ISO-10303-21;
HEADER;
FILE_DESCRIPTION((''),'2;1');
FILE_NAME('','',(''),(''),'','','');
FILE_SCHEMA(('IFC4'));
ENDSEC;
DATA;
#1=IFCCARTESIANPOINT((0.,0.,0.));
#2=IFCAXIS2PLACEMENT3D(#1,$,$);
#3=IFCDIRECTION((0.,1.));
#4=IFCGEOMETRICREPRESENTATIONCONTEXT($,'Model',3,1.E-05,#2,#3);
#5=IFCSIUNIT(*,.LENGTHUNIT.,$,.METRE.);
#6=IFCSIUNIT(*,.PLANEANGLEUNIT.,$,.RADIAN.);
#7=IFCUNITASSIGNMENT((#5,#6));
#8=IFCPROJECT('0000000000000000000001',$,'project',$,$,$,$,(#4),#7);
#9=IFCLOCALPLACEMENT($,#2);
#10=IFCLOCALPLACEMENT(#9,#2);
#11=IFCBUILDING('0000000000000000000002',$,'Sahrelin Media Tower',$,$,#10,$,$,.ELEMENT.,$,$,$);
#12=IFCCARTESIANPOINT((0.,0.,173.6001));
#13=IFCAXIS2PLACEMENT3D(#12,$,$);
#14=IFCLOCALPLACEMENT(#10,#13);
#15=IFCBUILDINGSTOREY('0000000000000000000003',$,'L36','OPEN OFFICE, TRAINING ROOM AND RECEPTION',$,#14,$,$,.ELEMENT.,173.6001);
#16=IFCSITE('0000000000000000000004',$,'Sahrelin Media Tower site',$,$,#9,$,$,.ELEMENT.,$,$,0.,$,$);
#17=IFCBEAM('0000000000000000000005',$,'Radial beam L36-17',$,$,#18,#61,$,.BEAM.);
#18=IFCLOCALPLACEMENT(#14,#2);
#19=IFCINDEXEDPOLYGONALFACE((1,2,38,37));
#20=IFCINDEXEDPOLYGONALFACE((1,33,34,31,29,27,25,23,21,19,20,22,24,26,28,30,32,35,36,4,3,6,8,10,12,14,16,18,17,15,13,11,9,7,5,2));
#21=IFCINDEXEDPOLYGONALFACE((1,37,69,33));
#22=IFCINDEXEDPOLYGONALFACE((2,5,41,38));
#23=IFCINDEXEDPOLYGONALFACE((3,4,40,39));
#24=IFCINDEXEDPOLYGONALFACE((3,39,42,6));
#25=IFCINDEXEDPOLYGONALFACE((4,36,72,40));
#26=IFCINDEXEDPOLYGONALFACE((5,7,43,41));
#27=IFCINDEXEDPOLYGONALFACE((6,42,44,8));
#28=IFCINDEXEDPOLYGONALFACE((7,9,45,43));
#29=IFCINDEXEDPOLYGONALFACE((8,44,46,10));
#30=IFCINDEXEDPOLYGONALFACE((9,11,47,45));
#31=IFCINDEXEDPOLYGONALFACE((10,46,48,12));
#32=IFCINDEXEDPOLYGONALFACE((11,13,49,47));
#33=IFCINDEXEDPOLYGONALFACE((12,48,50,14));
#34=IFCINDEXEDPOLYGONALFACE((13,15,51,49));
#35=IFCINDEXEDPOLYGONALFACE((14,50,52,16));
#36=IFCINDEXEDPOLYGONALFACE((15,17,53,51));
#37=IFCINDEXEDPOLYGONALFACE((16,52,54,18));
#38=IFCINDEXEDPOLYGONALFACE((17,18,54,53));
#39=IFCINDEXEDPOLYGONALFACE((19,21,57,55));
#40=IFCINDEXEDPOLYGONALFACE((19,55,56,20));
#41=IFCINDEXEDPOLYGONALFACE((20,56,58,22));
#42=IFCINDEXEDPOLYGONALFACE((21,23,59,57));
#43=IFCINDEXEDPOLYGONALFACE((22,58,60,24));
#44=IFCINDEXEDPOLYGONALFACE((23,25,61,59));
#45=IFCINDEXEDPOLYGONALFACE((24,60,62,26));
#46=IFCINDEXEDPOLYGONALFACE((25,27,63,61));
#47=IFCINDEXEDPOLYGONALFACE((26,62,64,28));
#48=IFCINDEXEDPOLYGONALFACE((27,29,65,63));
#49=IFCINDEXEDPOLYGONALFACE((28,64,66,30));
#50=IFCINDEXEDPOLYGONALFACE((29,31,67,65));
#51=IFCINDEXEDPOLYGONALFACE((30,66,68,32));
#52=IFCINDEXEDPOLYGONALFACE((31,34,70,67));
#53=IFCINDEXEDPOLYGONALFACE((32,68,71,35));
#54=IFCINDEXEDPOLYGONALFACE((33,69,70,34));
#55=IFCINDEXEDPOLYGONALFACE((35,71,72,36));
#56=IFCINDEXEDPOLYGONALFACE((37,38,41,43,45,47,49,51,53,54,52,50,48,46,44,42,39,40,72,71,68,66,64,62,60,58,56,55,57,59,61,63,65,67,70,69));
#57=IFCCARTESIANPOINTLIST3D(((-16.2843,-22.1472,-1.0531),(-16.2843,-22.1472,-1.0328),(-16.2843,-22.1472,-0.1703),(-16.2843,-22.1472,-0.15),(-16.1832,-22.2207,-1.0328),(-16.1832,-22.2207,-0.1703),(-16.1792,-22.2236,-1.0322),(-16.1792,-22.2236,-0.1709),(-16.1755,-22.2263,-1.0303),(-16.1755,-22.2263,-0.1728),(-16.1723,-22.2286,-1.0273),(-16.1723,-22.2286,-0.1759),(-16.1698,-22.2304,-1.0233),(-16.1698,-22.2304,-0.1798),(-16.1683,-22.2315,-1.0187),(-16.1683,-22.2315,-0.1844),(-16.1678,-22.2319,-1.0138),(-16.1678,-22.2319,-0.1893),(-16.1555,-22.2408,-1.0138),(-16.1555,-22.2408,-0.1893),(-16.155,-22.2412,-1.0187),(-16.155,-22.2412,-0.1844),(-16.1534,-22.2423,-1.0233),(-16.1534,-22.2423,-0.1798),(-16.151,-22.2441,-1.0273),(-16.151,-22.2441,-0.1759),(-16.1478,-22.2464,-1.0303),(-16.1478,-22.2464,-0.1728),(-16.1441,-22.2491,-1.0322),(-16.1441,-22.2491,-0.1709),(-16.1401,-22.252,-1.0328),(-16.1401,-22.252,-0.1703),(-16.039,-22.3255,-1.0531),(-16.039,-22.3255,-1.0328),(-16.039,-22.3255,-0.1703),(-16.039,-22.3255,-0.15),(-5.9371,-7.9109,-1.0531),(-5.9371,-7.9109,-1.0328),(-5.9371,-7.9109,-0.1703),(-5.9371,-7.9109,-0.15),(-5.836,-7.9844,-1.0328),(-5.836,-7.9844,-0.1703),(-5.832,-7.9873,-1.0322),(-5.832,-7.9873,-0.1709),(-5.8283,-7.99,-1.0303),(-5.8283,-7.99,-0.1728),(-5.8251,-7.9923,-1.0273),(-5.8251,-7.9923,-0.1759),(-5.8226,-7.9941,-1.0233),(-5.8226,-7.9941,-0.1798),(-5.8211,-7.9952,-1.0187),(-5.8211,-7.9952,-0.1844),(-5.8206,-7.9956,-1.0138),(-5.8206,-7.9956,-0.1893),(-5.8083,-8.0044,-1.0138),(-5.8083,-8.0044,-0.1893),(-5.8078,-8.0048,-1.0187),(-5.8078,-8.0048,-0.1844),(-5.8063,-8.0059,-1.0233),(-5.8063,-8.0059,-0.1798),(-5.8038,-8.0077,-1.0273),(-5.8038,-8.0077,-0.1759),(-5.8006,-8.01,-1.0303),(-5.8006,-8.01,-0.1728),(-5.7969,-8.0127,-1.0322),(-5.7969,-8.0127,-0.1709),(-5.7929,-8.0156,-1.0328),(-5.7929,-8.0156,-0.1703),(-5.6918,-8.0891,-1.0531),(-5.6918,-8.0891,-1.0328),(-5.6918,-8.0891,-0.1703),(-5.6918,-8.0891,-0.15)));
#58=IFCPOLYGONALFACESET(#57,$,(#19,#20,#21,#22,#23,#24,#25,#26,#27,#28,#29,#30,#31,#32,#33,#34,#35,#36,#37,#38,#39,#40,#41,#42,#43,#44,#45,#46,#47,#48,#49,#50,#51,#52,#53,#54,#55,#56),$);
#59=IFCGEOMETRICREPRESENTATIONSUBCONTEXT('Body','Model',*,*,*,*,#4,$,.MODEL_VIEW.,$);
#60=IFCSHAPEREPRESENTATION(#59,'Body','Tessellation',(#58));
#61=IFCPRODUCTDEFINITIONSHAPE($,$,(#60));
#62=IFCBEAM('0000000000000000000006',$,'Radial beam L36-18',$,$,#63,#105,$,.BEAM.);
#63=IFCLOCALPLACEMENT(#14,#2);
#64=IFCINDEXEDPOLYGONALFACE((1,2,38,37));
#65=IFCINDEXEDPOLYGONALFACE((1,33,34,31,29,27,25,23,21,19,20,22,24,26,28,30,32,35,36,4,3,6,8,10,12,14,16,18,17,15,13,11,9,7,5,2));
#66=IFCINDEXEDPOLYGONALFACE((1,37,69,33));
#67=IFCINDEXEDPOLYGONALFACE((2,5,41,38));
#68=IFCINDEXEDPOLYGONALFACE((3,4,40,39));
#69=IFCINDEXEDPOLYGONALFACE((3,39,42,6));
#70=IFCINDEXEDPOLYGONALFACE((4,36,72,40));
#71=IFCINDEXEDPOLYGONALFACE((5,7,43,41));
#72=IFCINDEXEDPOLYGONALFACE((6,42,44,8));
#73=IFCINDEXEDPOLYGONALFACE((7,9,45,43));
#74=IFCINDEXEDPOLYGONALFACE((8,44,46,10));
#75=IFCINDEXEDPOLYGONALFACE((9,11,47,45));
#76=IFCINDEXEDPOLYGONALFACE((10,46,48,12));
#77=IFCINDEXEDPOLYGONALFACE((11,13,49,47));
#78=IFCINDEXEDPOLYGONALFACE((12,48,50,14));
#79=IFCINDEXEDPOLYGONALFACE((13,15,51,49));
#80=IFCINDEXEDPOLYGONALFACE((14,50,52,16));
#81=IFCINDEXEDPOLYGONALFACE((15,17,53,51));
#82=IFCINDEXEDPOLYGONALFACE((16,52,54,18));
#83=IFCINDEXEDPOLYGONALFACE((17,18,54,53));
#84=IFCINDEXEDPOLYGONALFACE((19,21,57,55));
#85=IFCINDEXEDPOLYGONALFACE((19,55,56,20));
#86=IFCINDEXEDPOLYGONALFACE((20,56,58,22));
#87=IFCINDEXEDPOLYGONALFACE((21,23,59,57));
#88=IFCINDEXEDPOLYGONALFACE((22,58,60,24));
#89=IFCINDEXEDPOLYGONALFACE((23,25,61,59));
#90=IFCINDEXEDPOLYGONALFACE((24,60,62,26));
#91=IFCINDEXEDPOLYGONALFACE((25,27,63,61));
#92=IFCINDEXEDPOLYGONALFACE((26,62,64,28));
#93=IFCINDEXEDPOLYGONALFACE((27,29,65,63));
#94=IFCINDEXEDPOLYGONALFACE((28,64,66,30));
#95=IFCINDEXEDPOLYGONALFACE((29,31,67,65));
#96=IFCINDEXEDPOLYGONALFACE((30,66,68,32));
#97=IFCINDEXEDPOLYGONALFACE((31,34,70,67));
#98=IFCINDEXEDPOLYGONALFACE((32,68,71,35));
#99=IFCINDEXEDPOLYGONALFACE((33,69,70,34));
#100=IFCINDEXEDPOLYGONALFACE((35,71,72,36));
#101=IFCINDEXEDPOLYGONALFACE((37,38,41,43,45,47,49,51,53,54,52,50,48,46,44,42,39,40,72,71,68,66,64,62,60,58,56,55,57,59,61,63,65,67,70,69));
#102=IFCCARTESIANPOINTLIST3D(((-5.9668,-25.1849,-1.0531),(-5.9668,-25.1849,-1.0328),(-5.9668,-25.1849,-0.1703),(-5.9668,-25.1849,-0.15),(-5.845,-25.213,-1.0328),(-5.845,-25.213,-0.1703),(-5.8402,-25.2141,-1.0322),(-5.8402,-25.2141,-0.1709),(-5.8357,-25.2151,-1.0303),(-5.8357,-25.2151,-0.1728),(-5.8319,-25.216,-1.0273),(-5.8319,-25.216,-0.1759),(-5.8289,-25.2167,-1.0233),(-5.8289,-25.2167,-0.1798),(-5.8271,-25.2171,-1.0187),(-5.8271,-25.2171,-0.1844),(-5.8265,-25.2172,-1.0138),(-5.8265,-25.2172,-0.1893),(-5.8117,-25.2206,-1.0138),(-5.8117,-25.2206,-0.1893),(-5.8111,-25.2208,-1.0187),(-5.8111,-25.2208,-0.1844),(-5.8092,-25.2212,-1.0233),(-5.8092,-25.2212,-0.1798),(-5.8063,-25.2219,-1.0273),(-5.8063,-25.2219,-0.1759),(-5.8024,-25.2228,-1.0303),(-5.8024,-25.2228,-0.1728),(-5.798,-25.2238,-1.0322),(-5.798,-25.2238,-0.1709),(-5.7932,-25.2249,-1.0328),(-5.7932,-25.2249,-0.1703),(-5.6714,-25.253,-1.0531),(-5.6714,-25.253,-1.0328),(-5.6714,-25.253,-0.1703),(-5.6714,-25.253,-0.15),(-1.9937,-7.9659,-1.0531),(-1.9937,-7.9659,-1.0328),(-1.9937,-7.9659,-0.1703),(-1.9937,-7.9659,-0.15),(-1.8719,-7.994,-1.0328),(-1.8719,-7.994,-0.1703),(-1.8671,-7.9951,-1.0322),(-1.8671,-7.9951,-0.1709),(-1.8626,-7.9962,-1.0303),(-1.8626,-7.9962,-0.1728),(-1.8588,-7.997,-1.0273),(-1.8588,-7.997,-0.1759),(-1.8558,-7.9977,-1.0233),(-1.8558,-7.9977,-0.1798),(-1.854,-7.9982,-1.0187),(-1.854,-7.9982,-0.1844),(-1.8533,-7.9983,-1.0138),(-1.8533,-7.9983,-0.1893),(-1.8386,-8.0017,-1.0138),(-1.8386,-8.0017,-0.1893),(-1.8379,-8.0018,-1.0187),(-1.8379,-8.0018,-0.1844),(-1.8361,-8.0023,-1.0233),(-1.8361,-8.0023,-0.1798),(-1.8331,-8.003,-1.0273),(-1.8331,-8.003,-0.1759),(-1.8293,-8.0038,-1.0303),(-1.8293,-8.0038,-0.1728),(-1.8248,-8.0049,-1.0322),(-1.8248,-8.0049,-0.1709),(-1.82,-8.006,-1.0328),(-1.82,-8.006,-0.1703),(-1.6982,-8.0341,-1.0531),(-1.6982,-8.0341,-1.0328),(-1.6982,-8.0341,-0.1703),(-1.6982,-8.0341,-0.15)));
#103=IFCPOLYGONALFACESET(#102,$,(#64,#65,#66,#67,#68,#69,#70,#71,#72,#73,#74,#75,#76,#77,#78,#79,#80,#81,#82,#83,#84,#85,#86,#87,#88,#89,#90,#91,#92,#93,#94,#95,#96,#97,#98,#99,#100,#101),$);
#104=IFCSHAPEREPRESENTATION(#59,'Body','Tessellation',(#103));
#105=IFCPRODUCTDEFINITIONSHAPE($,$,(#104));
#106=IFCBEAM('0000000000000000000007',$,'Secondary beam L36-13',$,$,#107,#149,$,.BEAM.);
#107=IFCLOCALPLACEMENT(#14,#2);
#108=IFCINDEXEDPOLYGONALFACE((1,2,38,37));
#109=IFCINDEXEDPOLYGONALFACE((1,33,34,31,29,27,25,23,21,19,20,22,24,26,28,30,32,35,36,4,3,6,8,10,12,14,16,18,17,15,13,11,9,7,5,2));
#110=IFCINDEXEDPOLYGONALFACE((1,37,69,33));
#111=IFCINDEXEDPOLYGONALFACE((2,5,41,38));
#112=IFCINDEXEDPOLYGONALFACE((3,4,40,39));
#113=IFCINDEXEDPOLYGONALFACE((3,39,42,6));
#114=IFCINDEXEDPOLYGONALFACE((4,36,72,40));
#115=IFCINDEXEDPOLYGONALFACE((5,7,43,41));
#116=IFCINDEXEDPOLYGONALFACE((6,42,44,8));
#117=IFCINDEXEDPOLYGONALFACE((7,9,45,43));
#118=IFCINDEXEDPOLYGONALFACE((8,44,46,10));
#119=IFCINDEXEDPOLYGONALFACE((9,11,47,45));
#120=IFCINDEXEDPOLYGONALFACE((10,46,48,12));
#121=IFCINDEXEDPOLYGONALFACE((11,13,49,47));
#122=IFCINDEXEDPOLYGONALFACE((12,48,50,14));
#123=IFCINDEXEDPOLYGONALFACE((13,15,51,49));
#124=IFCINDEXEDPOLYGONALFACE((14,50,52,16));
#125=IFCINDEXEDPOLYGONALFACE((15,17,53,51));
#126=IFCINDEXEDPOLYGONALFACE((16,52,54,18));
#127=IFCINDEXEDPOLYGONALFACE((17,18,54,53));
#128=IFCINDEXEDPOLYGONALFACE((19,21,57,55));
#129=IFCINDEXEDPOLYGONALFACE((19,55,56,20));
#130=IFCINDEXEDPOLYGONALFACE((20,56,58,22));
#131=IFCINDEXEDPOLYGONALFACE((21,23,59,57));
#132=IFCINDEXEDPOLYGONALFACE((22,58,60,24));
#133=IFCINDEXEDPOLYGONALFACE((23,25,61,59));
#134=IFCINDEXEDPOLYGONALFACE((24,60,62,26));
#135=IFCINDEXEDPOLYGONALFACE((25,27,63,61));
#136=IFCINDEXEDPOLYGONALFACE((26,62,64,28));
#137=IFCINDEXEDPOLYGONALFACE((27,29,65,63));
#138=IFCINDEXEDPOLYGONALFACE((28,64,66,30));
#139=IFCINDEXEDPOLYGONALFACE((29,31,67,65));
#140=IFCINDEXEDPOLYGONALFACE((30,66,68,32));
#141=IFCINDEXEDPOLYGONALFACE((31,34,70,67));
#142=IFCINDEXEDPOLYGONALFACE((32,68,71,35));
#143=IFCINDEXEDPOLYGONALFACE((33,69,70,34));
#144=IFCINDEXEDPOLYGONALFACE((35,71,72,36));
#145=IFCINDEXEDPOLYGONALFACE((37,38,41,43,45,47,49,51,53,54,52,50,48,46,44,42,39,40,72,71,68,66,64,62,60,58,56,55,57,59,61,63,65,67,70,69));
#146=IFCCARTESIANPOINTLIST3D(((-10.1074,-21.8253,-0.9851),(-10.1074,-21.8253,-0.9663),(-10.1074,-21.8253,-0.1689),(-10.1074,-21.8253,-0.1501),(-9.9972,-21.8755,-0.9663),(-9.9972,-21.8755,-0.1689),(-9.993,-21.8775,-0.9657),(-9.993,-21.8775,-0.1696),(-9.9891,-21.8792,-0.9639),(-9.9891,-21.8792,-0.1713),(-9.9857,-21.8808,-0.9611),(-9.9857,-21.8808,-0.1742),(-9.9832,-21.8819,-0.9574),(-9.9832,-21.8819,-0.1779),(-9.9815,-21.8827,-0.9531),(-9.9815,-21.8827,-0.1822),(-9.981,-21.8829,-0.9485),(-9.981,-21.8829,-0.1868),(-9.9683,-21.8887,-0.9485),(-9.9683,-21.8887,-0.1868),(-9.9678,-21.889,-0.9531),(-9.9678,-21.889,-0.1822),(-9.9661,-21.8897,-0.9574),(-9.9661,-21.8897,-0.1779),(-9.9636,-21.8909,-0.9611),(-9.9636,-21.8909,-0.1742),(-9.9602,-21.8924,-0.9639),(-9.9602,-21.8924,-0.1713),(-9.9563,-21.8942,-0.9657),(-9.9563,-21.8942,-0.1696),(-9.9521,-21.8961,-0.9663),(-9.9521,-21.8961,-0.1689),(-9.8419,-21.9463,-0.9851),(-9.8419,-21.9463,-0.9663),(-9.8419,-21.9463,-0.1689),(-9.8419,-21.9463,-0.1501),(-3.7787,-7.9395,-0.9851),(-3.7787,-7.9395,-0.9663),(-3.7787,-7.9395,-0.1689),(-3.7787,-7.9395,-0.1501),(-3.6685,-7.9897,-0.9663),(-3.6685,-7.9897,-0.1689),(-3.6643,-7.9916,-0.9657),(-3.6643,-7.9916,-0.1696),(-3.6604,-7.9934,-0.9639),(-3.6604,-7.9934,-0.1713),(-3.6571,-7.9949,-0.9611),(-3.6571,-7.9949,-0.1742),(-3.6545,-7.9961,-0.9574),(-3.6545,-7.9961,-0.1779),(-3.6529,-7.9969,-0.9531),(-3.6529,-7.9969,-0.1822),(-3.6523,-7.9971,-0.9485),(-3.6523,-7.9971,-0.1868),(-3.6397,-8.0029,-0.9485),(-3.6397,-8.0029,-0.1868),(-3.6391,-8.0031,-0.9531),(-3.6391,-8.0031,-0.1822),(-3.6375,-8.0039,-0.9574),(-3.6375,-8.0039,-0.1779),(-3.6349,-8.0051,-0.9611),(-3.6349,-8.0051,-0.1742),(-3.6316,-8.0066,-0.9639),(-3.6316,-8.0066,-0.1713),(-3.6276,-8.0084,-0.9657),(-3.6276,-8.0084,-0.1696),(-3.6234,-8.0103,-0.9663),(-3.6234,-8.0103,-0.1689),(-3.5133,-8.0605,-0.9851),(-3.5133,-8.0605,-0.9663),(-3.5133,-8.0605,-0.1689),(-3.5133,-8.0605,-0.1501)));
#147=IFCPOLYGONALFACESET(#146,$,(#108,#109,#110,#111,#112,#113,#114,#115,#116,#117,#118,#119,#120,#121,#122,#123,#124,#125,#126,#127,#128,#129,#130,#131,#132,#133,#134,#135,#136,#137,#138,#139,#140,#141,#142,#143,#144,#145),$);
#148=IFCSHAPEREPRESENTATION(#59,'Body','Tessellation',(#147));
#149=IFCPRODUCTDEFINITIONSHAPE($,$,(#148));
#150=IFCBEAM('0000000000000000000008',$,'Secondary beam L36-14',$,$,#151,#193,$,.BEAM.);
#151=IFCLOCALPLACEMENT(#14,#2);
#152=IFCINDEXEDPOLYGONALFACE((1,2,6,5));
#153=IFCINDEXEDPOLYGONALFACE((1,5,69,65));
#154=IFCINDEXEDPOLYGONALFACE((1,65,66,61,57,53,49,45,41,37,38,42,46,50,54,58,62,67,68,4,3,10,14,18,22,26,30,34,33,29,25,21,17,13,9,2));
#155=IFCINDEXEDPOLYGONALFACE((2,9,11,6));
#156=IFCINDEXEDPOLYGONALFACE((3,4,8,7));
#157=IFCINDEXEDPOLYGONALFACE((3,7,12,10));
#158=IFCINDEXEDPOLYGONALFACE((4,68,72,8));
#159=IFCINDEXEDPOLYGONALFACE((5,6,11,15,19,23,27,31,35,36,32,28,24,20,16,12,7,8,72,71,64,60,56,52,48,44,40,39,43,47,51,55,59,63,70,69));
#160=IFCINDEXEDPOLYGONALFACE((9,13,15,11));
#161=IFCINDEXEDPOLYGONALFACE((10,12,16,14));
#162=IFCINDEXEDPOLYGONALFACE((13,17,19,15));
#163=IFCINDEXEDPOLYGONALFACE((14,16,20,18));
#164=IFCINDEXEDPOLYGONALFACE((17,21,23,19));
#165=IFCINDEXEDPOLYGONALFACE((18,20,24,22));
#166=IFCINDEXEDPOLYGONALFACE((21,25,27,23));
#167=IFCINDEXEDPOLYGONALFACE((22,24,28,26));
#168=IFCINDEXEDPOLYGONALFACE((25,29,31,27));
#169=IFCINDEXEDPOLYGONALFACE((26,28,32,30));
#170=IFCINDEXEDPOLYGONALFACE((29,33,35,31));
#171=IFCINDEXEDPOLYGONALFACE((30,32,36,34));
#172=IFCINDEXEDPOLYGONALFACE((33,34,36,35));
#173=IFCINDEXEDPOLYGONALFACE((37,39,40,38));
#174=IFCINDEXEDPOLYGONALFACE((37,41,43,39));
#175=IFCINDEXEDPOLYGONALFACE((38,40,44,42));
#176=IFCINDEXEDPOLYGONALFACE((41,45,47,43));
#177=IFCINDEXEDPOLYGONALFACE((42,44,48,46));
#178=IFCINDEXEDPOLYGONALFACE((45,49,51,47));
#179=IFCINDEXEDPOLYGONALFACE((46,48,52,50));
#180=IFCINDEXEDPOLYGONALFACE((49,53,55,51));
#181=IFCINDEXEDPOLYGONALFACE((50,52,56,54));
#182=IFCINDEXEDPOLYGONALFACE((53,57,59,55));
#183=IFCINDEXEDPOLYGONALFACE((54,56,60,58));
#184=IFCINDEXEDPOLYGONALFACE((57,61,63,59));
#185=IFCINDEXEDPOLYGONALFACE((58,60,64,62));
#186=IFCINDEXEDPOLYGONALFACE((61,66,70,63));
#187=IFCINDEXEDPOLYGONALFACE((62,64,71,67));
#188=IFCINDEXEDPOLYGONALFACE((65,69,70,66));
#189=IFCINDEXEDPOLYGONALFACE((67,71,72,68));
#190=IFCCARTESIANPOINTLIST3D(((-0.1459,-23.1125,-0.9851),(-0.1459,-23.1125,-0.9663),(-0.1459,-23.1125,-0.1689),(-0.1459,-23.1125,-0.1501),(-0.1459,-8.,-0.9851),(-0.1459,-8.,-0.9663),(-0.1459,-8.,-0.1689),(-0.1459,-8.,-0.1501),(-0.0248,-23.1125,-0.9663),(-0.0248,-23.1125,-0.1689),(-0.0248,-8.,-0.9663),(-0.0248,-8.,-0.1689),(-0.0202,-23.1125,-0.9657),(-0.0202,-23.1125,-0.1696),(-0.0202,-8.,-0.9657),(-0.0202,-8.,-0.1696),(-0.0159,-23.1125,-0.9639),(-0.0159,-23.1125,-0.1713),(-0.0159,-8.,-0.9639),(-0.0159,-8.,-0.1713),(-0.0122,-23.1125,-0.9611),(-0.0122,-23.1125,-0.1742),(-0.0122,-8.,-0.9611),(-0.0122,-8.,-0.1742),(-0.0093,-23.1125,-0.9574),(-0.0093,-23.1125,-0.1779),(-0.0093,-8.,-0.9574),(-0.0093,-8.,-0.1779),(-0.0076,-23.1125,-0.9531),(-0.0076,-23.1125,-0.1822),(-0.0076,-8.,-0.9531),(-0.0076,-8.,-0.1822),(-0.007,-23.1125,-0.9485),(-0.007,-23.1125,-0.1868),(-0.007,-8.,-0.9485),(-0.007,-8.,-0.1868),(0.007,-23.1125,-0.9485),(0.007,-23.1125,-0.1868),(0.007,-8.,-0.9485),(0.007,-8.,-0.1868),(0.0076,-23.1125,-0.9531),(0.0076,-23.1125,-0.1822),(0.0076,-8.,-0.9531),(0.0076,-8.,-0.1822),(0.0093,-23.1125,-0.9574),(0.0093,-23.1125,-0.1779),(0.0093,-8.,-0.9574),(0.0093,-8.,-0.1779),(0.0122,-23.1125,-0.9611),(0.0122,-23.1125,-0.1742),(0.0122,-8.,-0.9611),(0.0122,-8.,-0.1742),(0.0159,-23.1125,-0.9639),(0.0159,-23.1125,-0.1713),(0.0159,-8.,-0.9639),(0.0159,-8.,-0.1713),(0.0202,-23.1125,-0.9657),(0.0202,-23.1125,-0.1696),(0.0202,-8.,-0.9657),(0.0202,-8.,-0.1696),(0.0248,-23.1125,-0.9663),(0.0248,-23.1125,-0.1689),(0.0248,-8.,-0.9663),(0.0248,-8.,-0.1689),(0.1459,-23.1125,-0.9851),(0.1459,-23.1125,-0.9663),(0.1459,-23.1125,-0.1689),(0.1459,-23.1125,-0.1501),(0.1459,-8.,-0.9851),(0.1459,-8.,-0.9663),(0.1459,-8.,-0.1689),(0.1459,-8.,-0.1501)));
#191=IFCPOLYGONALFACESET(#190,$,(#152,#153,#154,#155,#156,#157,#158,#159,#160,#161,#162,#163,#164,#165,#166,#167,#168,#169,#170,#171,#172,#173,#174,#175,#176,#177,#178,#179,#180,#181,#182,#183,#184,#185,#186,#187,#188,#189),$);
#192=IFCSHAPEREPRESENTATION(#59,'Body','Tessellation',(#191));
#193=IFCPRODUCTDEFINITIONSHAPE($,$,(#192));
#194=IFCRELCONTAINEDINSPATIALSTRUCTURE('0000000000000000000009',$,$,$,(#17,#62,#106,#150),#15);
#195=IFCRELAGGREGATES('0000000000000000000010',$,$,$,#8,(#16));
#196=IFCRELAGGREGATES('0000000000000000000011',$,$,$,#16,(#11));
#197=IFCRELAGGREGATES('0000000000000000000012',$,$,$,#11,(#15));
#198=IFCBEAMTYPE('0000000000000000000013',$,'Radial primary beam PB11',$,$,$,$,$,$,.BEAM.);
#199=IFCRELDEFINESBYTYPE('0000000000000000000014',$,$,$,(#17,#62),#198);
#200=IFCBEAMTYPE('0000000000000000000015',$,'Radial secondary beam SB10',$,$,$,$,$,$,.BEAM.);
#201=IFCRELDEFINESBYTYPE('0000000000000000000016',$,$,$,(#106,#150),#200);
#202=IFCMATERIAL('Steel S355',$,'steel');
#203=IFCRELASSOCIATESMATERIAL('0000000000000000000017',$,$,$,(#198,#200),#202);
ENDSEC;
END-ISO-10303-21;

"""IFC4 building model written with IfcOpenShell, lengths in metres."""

from ifc_helpers import new_model, si_unit, direction, frame, origin, origin_2d, place, context, subcontext, project, spatial, i_section, extrude, material, material_profile, profile_set, type_object, element, save


model = new_model("IFC4")

# Units and contexts
model_context = context("Model", 3, precision=1e-05, world=origin(), true_north=direction((0.0, 1.0)))
body_context = subcontext(model_context, "Body", "Model", "MODEL_VIEW")
ifc_project = project(units=[si_unit("LENGTHUNIT", "METRE"), si_unit("PLANEANGLEUNIT", "RADIAN")], contexts=[model_context])

# Site, building, storey
site_placement = place(None, origin())
site = spatial("IfcSite", under=ifc_project, at=site_placement, Name="Sahrelin Media Tower site", CompositionType="ELEMENT", RefElevation=0.0)
building_placement = place(site_placement, origin())
building = spatial("IfcBuilding", under=site, at=building_placement, Name="Sahrelin Media Tower", CompositionType="ELEMENT")
storey_placement = place(building_placement, frame((0.0, 0.0, 173.6001)))
storey = spatial("IfcBuildingStorey", under=building, at=storey_placement, Name="L36", Description="OPEN OFFICE, TRAINING ROOM AND RECEPTION", CompositionType="ELEMENT", Elevation=173.6001)

# Beams
ifc_material_1 = material(Name="Steel S355", Category="steel")
ifc_material_profile_1 = material_profile(ifc_material_1, i_section(OverallWidth=0.3032, OverallDepth=0.9031, WebThickness=0.0151, FlangeThickness=0.0203, FilletRadius=0.019, at=origin_2d()), Name="UB 914x305x201")
ifc_profile_set_1 = profile_set([ifc_material_profile_1], Name="Steel S355")
beam_type_1 = type_object("IfcBeamType", Name="Radial primary beam PB11", PredefinedType="BEAM", material=ifc_profile_set_1)
beam_1_placement = place(storey_placement, frame((-5.8145, -8.0, -0.6016), z_axis=(-0.587929, -0.808912, 0.0), x_axis=(0.808912, -0.587929, 0.0)))
element("IfcBeam", 1, at=beam_1_placement, inside=storey, type_object=beam_type_1, Name="Radial beam L36-17", PredefinedType="BEAM", context=body_context, shape_type="SweptSolid", body=[
    extrude(i_section(OverallWidth=0.3032, OverallDepth=0.9031, WebThickness=0.0151, FlangeThickness=0.0203, FilletRadius=0.019, at=origin_2d()), origin(), (0.0, 0.0, 1.0), 17.5994),
])
beam_2_placement = place(storey_placement, frame((-1.8459, -8.0, -0.6016), z_axis=(-0.224834, -0.974397, 0.0), x_axis=(0.974397, -0.224834, 0.0)))
element("IfcBeam", 2, at=beam_2_placement, inside=storey, type_object=beam_type_1, Name="Radial beam L36-18", PredefinedType="BEAM", context=body_context, shape_type="SweptSolid", body=[
    extrude(i_section(OverallWidth=0.3032, OverallDepth=0.9031, WebThickness=0.0151, FlangeThickness=0.0203, FilletRadius=0.019, at=origin_2d()), origin(), (0.0, 0.0, 1.0), 17.6714),
])
ifc_material_profile_2 = material_profile(ifc_material_1, i_section(OverallWidth=0.2917, OverallDepth=0.835, WebThickness=0.0139, FlangeThickness=0.0188, FilletRadius=0.0178, at=origin_2d()), Name="UB 838x292x176")
ifc_profile_set_2 = profile_set([ifc_material_profile_2], Name="Steel S355")
beam_type_2 = type_object("IfcBeamType", Name="Radial secondary beam SB10", PredefinedType="BEAM", material=ifc_profile_set_2)
beam_3_placement = place(storey_placement, frame((-3.646, -8.0, -0.5676), z_axis=(-0.414721, -0.909949, 0.0), x_axis=(0.909949, -0.414721, 0.0)))
element("IfcBeam", 3, at=beam_3_placement, inside=storey, type_object=beam_type_2, Name="Secondary beam L36-13", PredefinedType="BEAM", context=body_context, shape_type="SweptSolid", body=[
    extrude(i_section(OverallWidth=0.2917, OverallDepth=0.835, WebThickness=0.0139, FlangeThickness=0.0188, FilletRadius=0.0178, at=origin_2d()), origin(), (0.0, 0.0, 1.0), 15.26),
])
beam_4_placement = place(storey_placement, frame((0.0, -8.0, -0.5676), z_axis=(0.0, -1.0, 0.0), x_axis=(1.0, 0.0, 0.0)))
element("IfcBeam", 4, at=beam_4_placement, inside=storey, type_object=beam_type_2, Name="Secondary beam L36-14", PredefinedType="BEAM", context=body_context, shape_type="SweptSolid", body=[
    extrude(i_section(OverallWidth=0.2917, OverallDepth=0.835, WebThickness=0.0139, FlangeThickness=0.0188, FilletRadius=0.0178, at=origin_2d()), origin(), (0.0, 0.0, 1.0), 15.1125),
])

save(model, "model.ifc")
